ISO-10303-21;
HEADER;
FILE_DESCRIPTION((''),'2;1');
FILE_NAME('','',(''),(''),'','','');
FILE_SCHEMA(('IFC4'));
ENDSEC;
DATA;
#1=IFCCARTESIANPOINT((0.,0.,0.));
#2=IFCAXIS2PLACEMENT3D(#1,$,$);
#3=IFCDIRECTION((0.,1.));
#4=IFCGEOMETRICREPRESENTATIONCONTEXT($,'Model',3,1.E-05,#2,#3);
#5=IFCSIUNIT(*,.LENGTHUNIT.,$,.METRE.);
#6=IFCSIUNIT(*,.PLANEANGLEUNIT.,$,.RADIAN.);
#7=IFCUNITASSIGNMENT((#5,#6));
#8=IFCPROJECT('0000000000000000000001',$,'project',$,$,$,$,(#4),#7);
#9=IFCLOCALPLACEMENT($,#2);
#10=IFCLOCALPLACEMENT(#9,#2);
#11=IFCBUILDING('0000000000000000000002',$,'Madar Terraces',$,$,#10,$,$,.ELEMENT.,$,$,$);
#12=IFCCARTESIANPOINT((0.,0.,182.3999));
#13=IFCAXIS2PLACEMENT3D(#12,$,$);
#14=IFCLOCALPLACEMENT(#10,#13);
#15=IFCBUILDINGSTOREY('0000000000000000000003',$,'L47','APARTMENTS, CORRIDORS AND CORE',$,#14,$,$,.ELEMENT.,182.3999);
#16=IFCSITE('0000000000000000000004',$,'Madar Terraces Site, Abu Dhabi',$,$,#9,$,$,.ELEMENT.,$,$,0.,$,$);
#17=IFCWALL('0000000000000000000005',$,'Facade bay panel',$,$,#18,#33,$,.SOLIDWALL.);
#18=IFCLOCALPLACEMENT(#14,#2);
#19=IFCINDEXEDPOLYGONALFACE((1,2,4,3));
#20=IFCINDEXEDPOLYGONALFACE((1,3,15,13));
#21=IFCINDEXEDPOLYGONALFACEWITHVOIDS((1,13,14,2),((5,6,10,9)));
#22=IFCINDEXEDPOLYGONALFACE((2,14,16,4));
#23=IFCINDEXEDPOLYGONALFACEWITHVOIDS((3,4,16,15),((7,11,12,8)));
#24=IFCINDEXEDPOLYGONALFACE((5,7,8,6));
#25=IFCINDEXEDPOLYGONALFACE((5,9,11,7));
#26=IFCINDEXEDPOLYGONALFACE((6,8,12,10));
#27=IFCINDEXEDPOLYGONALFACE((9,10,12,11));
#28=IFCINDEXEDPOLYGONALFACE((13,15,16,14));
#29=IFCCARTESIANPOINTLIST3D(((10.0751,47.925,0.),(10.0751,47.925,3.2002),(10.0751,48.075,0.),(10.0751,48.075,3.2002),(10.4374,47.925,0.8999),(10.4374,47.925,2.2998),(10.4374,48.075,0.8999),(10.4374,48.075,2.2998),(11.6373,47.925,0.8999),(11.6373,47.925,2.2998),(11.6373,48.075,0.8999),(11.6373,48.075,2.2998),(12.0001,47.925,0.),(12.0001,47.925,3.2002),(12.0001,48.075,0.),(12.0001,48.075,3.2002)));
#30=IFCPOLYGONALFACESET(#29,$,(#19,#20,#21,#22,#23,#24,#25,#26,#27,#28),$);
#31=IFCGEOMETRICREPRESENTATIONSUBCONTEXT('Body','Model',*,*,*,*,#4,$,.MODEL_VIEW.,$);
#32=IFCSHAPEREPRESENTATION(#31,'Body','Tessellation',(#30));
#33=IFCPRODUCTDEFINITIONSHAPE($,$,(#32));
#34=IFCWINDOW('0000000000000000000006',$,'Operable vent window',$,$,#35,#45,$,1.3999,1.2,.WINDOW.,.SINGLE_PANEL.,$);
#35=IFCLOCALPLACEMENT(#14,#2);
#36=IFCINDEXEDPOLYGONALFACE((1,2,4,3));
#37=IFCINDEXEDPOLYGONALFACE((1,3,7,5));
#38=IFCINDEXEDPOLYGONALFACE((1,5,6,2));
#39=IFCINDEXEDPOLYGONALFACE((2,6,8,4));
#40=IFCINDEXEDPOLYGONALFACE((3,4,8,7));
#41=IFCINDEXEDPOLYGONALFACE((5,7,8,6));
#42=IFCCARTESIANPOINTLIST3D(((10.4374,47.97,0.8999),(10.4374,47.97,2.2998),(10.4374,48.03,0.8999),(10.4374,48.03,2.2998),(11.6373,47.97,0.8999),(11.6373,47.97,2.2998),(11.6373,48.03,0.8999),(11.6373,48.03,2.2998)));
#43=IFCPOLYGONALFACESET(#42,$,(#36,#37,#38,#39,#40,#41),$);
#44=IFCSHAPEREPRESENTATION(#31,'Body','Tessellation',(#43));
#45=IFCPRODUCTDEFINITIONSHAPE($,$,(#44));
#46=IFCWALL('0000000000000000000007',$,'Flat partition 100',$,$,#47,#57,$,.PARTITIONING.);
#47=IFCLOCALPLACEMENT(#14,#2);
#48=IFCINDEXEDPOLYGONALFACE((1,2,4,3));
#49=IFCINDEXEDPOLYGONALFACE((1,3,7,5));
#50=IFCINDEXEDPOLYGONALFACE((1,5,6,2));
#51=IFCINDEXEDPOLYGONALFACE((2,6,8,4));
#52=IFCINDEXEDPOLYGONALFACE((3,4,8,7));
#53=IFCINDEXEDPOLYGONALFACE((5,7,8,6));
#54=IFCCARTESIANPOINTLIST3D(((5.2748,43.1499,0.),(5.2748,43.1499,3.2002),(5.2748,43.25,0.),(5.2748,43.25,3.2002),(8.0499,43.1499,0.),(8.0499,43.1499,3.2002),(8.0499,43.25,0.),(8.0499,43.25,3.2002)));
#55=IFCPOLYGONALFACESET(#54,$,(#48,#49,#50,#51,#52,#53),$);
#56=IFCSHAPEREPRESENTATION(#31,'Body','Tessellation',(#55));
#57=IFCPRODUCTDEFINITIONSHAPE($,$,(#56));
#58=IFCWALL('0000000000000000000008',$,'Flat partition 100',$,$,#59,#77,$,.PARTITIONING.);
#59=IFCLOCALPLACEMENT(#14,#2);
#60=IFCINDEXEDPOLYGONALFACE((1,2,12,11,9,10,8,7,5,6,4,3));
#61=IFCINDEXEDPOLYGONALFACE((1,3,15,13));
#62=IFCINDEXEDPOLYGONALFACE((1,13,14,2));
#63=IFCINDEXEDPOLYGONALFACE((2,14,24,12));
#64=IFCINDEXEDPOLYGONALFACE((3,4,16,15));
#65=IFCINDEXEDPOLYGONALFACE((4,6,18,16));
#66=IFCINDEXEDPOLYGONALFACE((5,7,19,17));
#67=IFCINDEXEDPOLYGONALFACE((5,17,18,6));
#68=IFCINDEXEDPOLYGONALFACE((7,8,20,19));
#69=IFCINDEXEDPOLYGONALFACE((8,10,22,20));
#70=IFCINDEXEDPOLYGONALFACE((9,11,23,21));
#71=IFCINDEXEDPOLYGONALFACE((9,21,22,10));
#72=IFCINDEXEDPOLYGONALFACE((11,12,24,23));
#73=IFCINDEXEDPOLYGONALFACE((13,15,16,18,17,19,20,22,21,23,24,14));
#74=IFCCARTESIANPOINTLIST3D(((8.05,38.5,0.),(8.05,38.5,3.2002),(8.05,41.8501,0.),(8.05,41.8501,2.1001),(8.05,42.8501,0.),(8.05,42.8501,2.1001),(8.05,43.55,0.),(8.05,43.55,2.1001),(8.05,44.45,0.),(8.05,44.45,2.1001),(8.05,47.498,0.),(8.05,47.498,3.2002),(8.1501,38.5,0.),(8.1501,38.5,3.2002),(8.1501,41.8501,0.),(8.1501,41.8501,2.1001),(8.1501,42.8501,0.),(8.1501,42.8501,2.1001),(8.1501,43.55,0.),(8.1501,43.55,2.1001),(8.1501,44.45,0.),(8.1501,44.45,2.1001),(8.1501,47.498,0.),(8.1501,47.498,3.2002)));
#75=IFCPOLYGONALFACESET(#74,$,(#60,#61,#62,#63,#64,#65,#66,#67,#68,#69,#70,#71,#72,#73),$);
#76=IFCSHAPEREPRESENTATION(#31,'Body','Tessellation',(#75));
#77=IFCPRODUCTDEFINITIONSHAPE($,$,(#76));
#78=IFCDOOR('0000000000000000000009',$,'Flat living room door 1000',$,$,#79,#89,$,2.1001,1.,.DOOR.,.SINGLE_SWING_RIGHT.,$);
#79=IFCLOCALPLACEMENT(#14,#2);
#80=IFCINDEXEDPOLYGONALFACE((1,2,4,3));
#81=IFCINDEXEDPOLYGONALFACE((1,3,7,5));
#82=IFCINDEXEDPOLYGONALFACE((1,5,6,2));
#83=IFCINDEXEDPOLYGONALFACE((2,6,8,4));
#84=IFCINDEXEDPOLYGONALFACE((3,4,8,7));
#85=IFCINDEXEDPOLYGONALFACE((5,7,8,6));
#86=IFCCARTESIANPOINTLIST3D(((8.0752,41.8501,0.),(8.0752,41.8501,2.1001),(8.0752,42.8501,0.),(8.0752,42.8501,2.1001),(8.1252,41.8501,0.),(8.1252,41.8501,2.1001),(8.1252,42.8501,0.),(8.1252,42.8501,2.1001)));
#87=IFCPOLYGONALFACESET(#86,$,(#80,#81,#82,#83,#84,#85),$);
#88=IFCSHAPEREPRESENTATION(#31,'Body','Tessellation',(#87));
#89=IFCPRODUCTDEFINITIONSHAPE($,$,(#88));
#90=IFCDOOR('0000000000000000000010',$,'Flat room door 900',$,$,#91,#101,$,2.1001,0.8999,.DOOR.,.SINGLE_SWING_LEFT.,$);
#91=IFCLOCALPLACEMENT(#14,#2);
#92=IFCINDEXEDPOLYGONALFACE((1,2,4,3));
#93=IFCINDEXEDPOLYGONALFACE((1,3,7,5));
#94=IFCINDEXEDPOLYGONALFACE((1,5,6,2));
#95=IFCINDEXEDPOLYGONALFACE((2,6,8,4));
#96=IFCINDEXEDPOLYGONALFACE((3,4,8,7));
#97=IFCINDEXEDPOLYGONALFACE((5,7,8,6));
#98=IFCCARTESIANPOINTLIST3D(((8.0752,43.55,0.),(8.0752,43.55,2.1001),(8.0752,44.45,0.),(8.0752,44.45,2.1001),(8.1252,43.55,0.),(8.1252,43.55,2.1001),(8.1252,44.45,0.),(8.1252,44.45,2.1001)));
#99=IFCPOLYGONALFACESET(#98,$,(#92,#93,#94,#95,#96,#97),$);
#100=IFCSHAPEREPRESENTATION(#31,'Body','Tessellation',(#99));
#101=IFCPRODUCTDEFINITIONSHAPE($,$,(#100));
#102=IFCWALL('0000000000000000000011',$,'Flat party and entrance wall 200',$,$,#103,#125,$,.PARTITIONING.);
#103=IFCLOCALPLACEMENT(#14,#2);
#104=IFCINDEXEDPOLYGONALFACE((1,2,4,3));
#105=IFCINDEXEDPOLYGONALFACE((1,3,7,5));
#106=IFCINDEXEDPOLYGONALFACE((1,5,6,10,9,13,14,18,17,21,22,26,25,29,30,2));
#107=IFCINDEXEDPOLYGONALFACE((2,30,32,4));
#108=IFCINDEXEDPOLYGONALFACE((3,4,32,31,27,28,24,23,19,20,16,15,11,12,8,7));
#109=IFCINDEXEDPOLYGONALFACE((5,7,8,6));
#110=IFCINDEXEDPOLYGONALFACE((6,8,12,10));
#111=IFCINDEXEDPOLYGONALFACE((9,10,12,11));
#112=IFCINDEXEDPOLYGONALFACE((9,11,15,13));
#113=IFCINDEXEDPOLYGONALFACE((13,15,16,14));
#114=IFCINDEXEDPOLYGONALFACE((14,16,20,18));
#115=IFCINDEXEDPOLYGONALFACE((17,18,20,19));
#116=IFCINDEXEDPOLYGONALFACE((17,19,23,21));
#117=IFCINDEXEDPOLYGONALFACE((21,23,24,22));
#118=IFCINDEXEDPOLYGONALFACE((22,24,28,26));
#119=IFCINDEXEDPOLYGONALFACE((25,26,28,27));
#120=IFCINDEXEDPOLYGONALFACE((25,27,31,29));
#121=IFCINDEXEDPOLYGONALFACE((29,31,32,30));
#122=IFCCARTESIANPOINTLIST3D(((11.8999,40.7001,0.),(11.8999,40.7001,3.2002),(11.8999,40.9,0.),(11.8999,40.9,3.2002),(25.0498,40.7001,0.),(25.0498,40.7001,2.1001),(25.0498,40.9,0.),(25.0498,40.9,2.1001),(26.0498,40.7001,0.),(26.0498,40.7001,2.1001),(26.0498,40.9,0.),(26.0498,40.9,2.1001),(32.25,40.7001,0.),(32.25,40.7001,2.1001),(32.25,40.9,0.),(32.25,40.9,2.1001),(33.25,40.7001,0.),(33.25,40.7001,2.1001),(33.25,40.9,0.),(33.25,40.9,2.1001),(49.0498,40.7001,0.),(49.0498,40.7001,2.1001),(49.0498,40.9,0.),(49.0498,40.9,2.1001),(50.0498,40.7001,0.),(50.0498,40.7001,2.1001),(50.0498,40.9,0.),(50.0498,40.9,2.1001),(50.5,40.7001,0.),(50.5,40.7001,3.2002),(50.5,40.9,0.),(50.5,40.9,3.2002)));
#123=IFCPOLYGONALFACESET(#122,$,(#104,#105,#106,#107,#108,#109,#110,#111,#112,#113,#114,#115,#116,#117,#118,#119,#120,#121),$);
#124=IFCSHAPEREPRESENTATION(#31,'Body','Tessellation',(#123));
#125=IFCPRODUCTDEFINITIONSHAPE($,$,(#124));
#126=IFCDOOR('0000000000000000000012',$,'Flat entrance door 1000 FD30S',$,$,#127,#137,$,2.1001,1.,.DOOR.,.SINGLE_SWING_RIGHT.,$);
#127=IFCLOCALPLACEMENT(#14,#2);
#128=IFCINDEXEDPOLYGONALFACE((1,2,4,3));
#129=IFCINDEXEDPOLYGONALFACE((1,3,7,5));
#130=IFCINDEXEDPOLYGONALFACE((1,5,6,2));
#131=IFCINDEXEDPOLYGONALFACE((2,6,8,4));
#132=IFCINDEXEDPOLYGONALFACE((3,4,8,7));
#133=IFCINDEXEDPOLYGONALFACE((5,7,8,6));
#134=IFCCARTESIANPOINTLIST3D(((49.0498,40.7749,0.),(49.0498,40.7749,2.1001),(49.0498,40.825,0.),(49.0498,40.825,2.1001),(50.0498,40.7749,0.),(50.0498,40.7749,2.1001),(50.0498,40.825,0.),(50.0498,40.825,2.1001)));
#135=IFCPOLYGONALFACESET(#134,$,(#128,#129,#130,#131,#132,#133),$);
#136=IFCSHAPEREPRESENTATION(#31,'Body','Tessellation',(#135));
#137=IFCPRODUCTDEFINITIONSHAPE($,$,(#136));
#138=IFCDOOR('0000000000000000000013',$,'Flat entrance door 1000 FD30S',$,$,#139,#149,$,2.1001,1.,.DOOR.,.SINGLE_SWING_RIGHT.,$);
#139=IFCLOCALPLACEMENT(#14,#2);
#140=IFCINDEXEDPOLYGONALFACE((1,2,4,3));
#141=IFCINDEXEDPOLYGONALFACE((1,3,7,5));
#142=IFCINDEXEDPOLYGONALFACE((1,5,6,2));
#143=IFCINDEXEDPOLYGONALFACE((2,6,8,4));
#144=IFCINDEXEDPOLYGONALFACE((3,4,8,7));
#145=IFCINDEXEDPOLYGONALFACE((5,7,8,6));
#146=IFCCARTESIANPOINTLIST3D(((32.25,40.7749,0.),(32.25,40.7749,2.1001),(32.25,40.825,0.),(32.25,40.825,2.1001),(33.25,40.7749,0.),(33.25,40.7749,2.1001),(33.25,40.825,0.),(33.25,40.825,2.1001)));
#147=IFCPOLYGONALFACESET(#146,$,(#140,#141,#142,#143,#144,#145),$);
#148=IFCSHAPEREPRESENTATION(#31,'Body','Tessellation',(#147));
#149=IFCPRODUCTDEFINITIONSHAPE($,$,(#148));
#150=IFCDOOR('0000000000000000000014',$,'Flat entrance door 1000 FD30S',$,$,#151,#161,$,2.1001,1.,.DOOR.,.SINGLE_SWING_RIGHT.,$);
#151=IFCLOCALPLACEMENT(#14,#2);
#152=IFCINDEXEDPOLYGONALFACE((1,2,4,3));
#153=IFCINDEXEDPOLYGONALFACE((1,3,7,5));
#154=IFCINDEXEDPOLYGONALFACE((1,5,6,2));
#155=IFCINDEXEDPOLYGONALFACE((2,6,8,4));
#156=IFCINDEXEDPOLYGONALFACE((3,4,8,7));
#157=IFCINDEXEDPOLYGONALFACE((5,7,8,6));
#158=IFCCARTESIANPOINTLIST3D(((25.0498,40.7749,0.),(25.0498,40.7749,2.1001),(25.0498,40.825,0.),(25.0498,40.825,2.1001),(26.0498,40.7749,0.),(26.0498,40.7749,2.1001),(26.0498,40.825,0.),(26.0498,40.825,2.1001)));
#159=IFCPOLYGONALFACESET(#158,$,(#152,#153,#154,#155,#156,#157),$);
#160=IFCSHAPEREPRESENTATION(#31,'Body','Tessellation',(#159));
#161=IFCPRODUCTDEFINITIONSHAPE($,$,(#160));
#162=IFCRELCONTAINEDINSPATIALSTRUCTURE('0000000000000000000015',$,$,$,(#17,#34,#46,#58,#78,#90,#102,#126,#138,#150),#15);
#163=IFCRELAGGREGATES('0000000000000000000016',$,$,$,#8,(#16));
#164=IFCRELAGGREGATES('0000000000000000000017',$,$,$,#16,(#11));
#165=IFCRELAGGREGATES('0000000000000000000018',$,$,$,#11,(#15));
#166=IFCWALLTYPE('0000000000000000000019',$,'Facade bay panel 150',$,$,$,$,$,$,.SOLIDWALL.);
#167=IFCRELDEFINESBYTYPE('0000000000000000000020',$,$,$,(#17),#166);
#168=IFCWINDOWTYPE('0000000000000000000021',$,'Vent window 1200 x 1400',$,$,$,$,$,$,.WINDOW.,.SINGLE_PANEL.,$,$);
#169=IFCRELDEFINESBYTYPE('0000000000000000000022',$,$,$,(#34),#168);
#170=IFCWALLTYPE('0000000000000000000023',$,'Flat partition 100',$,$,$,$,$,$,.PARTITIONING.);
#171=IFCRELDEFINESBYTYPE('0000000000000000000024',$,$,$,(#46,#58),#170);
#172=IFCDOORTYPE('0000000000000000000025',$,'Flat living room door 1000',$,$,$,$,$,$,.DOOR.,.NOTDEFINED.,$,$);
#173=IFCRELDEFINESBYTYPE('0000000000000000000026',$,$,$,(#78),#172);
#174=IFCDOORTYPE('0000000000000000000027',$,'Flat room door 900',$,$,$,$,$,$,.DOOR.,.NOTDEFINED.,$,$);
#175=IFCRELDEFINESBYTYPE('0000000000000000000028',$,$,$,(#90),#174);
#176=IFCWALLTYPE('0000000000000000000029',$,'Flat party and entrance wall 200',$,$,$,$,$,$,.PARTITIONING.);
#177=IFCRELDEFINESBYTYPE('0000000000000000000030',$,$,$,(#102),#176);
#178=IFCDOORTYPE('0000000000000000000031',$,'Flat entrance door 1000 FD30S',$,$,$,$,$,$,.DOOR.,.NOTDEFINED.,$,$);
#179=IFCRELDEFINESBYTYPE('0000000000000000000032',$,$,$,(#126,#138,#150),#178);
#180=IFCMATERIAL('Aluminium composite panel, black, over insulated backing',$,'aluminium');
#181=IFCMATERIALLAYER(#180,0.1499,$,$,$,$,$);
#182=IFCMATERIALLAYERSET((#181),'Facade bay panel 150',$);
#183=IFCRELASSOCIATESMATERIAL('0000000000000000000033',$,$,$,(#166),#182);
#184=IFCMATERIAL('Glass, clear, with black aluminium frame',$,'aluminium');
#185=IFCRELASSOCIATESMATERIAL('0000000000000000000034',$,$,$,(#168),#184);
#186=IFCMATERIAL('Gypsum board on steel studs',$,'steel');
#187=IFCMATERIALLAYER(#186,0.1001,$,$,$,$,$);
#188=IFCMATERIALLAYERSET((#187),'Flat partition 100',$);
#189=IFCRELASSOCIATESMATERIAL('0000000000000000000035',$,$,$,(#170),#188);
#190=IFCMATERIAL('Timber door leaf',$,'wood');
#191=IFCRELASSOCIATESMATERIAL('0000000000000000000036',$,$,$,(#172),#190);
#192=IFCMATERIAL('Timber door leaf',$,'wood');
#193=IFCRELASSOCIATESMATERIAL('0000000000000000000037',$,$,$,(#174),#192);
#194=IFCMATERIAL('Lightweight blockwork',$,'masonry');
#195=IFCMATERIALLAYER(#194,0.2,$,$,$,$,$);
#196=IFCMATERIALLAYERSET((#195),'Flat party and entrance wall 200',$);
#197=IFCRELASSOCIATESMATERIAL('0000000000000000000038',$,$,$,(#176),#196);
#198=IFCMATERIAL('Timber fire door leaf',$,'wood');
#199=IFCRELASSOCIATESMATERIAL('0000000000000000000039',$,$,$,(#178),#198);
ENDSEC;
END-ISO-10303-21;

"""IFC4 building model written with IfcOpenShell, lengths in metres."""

from ifc_helpers import new_model, si_unit, direction, frame, frame_2d, origin, place, context, subcontext, project, spatial, rectangle, extrude, material, layer, layer_set, type_object, element, fill, save


model = new_model("IFC4")

# Units and contexts
model_context = context("Model", 3, precision=1e-05, world=origin(), true_north=direction((0.0, 1.0)))
body_context = subcontext(model_context, "Body", "Model", "MODEL_VIEW")
ifc_project = project(units=[si_unit("LENGTHUNIT", "METRE"), si_unit("PLANEANGLEUNIT", "RADIAN")], contexts=[model_context])

# Site, building, storey
site_placement = place(None, origin())
site = spatial("IfcSite", under=ifc_project, at=site_placement, Name="Madar Terraces Site, Abu Dhabi", CompositionType="ELEMENT", RefElevation=0.0)
building_placement = place(site_placement, origin())
building = spatial("IfcBuilding", under=site, at=building_placement, Name="Madar Terraces", CompositionType="ELEMENT")
storey_placement = place(building_placement, frame((0.0, 0.0, 182.3999)))
storey = spatial("IfcBuildingStorey", under=building, at=storey_placement, Name="L47", Description="APARTMENTS, CORRIDORS AND CORE", CompositionType="ELEMENT", Elevation=182.3999)

# Wall, opening, window
ifc_material_1 = material(Name="Aluminium composite panel, black, over insulated backing", Category="aluminium")
ifc_layer_1 = layer(ifc_material_1, 0.1499)
ifc_layer_set_1 = layer_set([ifc_layer_1], Name="Facade bay panel 150")
wall_type_1 = type_object("IfcWallType", Name="Facade bay panel 150", PredefinedType="SOLIDWALL", material=ifc_layer_set_1)
wall_1_placement = place(storey_placement, frame((12.0, 48.0, 0.0), z_axis=(0.0, 0.0, 1.0), x_axis=(-1.0, 0.0, 0.0)))
wall_1 = element("IfcWall", 1, at=wall_1_placement, inside=storey, type_object=wall_type_1, Name="Facade bay panel", PredefinedType="SOLIDWALL", context=body_context, shape_type="SweptSolid", body=[
    extrude(rectangle(XDim=1.925, YDim=0.1499, at=frame_2d((0.9624, 0.0))), origin(), (0.0, 0.0, 1.0), 3.2002),
])
opening_1_placement = place(wall_1_placement, frame((0.3625, 0.0, 0.8999)))
opening_1 = element("IfcOpeningElement", 2, at=opening_1_placement, cuts=wall_1, PredefinedType="OPENING", context=body_context, shape_type="SweptSolid", body=[
    extrude(rectangle(XDim=1.2, YDim=1.3999, at=frame_2d((0.6001, 0.7))), frame((0.0, 0.085, 0.0), z_axis=(0.0, -1.0, 0.0), x_axis=(1.0, 0.0, 0.0)), (0.0, 0.0, 1.0), 0.1699),
])
ifc_material_2 = material(Name="Glass, clear, with black aluminium frame", Category="aluminium")
window_type = type_object("IfcWindowType", Name="Vent window 1200 x 1400", PartitioningType="SINGLE_PANEL", PredefinedType="WINDOW", material=ifc_material_2)
window_placement = place(opening_1_placement, origin())
window = element("IfcWindow", 3, at=window_placement, inside=storey, type_object=window_type, Name="Operable vent window", OverallHeight=1.3999, OverallWidth=1.2, PartitioningType="SINGLE_PANEL", PredefinedType="WINDOW", context=body_context, shape_type="SweptSolid", body=[
    extrude(rectangle(XDim=1.2, YDim=1.3999, at=frame_2d((0.6001, 0.7))), frame((0.0, 0.03, 0.0), z_axis=(0.0, -1.0, 0.0), x_axis=(1.0, 0.0, 0.0)), (0.0, 0.0, 1.0), 0.0601),
])
fill(opening_1, window)

# Wall
ifc_material_3 = material(Name="Gypsum board on steel studs", Category="steel")
ifc_layer_2 = layer(ifc_material_3, 0.1001)
ifc_layer_set_2 = layer_set([ifc_layer_2], Name="Flat partition 100")
wall_type_2 = type_object("IfcWallType", Name="Flat partition 100", PredefinedType="PARTITIONING", material=ifc_layer_set_2)
wall_2_placement = place(storey_placement, frame((8.05, 43.2, 0.0), z_axis=(0.0, 0.0, 1.0), x_axis=(-1.0, 0.0, 0.0)))
element("IfcWall", 4, at=wall_2_placement, inside=storey, type_object=wall_type_2, Name="Flat partition 100", PredefinedType="PARTITIONING", context=body_context, shape_type="SweptSolid", body=[
    extrude(rectangle(XDim=2.7751, YDim=0.1001, at=frame_2d((1.3877, 0.0))), origin(), (0.0, 0.0, 1.0), 3.2002),
])

# Walls, openings, doors
wall_3_placement = place(storey_placement, frame((8.1001, 38.5, 0.0), z_axis=(0.0, 0.0, 1.0), x_axis=(0.0, 1.0, 0.0)))
wall_3 = element("IfcWall", 5, at=wall_3_placement, inside=storey, type_object=wall_type_2, Name="Flat partition 100", PredefinedType="PARTITIONING", context=body_context, shape_type="SweptSolid", body=[
    extrude(rectangle(XDim=8.998, YDim=0.1001, at=frame_2d((4.499, 0.0))), origin(), (0.0, 0.0, 1.0), 3.2002),
])
opening_2_placement = place(wall_3_placement, frame((3.3501, 0.0, 0.0)))
opening_2 = element("IfcOpeningElement", 6, at=opening_2_placement, cuts=wall_3, PredefinedType="OPENING", context=body_context, shape_type="SweptSolid", body=[
    extrude(rectangle(XDim=1.0, YDim=2.1001, at=frame_2d((0.5, 1.05))), frame((0.0, 0.0601, 0.0), z_axis=(0.0, -1.0, 0.0), x_axis=(1.0, 0.0, 0.0)), (0.0, 0.0, 1.0), 0.1201),
])
opening_3_placement = place(wall_3_placement, frame((5.05, 0.0, 0.0)))
opening_3 = element("IfcOpeningElement", 7, at=opening_3_placement, cuts=wall_3, PredefinedType="OPENING", context=body_context, shape_type="SweptSolid", body=[
    extrude(rectangle(XDim=0.8999, YDim=2.1001, at=frame_2d((0.45, 1.05))), frame((0.0, 0.0601, 0.0), z_axis=(0.0, -1.0, 0.0), x_axis=(1.0, 0.0, 0.0)), (0.0, 0.0, 1.0), 0.1201),
])
ifc_material_4 = material(Name="Timber door leaf", Category="wood")
door_type_1 = type_object("IfcDoorType", Name="Flat living room door 1000", OperationType="NOTDEFINED", PredefinedType="DOOR", material=ifc_material_4)
door_1_placement = place(opening_2_placement, origin())
door_1 = element("IfcDoor", 8, at=door_1_placement, inside=storey, type_object=door_type_1, Name="Flat living room door 1000", OperationType="SINGLE_SWING_RIGHT", OverallHeight=2.1001, OverallWidth=1.0, PredefinedType="DOOR", context=body_context, shape_type="SweptSolid", body=[
    extrude(rectangle(XDim=1.0, YDim=2.1001, at=frame_2d((0.5, 1.05))), frame((0.0, 0.0249, 0.0), z_axis=(0.0, -1.0, 0.0), x_axis=(1.0, 0.0, 0.0)), (0.0, 0.0, 1.0), 0.05),
])
fill(opening_2, door_1)
ifc_material_5 = material(Name="Timber door leaf", Category="wood")
door_type_2 = type_object("IfcDoorType", Name="Flat room door 900", OperationType="NOTDEFINED", PredefinedType="DOOR", material=ifc_material_5)
door_2_placement = place(opening_3_placement, origin())
door_2 = element("IfcDoor", 9, at=door_2_placement, inside=storey, type_object=door_type_2, Name="Flat room door 900", OperationType="SINGLE_SWING_LEFT", OverallHeight=2.1001, OverallWidth=0.8999, PredefinedType="DOOR", context=body_context, shape_type="SweptSolid", body=[
    extrude(rectangle(XDim=0.8999, YDim=2.1001, at=frame_2d((0.45, 1.05))), frame((0.0, 0.0249, 0.0), z_axis=(0.0, -1.0, 0.0), x_axis=(1.0, 0.0, 0.0)), (0.0, 0.0, 1.0), 0.05),
])
fill(opening_3, door_2)
ifc_material_6 = material(Name="Lightweight blockwork", Category="masonry")
ifc_layer_3 = layer(ifc_material_6, 0.2)
ifc_layer_set_3 = layer_set([ifc_layer_3], Name="Flat party and entrance wall 200")
wall_type_3 = type_object("IfcWallType", Name="Flat party and entrance wall 200", PredefinedType="PARTITIONING", material=ifc_layer_set_3)
wall_4_placement = place(storey_placement, frame((11.8999, 40.8, 0.0), z_axis=(0.0, 0.0, 1.0), x_axis=(1.0, 0.0, 0.0)))
wall_4 = element("IfcWall", 10, at=wall_4_placement, inside=storey, type_object=wall_type_3, Name="Flat party and entrance wall 200", PredefinedType="PARTITIONING", context=body_context, shape_type="SweptSolid", body=[
    extrude(rectangle(XDim=38.6001, YDim=0.2, at=frame_2d((19.3, 0.0))), origin(), (0.0, 0.0, 1.0), 3.2002),
])
opening_4_placement = place(wall_4_placement, frame((37.1499, 0.0, 0.0)))
opening_4 = element("IfcOpeningElement", 11, at=opening_4_placement, cuts=wall_4, PredefinedType="OPENING", context=body_context, shape_type="SweptSolid", body=[
    extrude(rectangle(XDim=1.0, YDim=2.1001, at=frame_2d((0.5, 1.05))), frame((0.0, 0.1099, 0.0), z_axis=(0.0, -1.0, 0.0), x_axis=(1.0, 0.0, 0.0)), (0.0, 0.0, 1.0), 0.22),
])
opening_5_placement = place(wall_4_placement, frame((20.3501, 0.0, 0.0)))
opening_5 = element("IfcOpeningElement", 12, at=opening_5_placement, cuts=wall_4, PredefinedType="OPENING", context=body_context, shape_type="SweptSolid", body=[
    extrude(rectangle(XDim=1.0, YDim=2.1001, at=frame_2d((0.5, 1.05))), frame((0.0, 0.1099, 0.0), z_axis=(0.0, -1.0, 0.0), x_axis=(1.0, 0.0, 0.0)), (0.0, 0.0, 1.0), 0.22),
])
opening_6_placement = place(wall_4_placement, frame((13.1499, 0.0, 0.0)))
opening_6 = element("IfcOpeningElement", 13, at=opening_6_placement, cuts=wall_4, PredefinedType="OPENING", context=body_context, shape_type="SweptSolid", body=[
    extrude(rectangle(XDim=1.0, YDim=2.1001, at=frame_2d((0.5, 1.05))), frame((0.0, 0.1099, 0.0), z_axis=(0.0, -1.0, 0.0), x_axis=(1.0, 0.0, 0.0)), (0.0, 0.0, 1.0), 0.22),
])
ifc_material_7 = material(Name="Timber fire door leaf", Category="wood")
door_type_3 = type_object("IfcDoorType", Name="Flat entrance door 1000 FD30S", OperationType="NOTDEFINED", PredefinedType="DOOR", material=ifc_material_7)
door_3_placement = place(opening_4_placement, origin())
door_3 = element("IfcDoor", 14, at=door_3_placement, inside=storey, type_object=door_type_3, Name="Flat entrance door 1000 FD30S", OperationType="SINGLE_SWING_RIGHT", OverallHeight=2.1001, OverallWidth=1.0, PredefinedType="DOOR", context=body_context, shape_type="SweptSolid", body=[
    extrude(rectangle(XDim=1.0, YDim=2.1001, at=frame_2d((0.5, 1.05))), frame((0.0, 0.0249, 0.0), z_axis=(0.0, -1.0, 0.0), x_axis=(1.0, 0.0, 0.0)), (0.0, 0.0, 1.0), 0.05),
])
fill(opening_4, door_3)
door_4_placement = place(opening_5_placement, origin())
door_4 = element("IfcDoor", 15, at=door_4_placement, inside=storey, type_object=door_type_3, Name="Flat entrance door 1000 FD30S", OperationType="SINGLE_SWING_RIGHT", OverallHeight=2.1001, OverallWidth=1.0, PredefinedType="DOOR", context=body_context, shape_type="SweptSolid", body=[
    extrude(rectangle(XDim=1.0, YDim=2.1001, at=frame_2d((0.5, 1.05))), frame((0.0, 0.0249, 0.0), z_axis=(0.0, -1.0, 0.0), x_axis=(1.0, 0.0, 0.0)), (0.0, 0.0, 1.0), 0.05),
])
fill(opening_5, door_4)
door_5_placement = place(opening_6_placement, origin())
door_5 = element("IfcDoor", 16, at=door_5_placement, inside=storey, type_object=door_type_3, Name="Flat entrance door 1000 FD30S", OperationType="SINGLE_SWING_RIGHT", OverallHeight=2.1001, OverallWidth=1.0, PredefinedType="DOOR", context=body_context, shape_type="SweptSolid", body=[
    extrude(rectangle(XDim=1.0, YDim=2.1001, at=frame_2d((0.5, 1.05))), frame((0.0, 0.0249, 0.0), z_axis=(0.0, -1.0, 0.0), x_axis=(1.0, 0.0, 0.0)), (0.0, 0.0, 1.0), 0.05),
])
fill(opening_6, door_5)

save(model, "model.ifc")
